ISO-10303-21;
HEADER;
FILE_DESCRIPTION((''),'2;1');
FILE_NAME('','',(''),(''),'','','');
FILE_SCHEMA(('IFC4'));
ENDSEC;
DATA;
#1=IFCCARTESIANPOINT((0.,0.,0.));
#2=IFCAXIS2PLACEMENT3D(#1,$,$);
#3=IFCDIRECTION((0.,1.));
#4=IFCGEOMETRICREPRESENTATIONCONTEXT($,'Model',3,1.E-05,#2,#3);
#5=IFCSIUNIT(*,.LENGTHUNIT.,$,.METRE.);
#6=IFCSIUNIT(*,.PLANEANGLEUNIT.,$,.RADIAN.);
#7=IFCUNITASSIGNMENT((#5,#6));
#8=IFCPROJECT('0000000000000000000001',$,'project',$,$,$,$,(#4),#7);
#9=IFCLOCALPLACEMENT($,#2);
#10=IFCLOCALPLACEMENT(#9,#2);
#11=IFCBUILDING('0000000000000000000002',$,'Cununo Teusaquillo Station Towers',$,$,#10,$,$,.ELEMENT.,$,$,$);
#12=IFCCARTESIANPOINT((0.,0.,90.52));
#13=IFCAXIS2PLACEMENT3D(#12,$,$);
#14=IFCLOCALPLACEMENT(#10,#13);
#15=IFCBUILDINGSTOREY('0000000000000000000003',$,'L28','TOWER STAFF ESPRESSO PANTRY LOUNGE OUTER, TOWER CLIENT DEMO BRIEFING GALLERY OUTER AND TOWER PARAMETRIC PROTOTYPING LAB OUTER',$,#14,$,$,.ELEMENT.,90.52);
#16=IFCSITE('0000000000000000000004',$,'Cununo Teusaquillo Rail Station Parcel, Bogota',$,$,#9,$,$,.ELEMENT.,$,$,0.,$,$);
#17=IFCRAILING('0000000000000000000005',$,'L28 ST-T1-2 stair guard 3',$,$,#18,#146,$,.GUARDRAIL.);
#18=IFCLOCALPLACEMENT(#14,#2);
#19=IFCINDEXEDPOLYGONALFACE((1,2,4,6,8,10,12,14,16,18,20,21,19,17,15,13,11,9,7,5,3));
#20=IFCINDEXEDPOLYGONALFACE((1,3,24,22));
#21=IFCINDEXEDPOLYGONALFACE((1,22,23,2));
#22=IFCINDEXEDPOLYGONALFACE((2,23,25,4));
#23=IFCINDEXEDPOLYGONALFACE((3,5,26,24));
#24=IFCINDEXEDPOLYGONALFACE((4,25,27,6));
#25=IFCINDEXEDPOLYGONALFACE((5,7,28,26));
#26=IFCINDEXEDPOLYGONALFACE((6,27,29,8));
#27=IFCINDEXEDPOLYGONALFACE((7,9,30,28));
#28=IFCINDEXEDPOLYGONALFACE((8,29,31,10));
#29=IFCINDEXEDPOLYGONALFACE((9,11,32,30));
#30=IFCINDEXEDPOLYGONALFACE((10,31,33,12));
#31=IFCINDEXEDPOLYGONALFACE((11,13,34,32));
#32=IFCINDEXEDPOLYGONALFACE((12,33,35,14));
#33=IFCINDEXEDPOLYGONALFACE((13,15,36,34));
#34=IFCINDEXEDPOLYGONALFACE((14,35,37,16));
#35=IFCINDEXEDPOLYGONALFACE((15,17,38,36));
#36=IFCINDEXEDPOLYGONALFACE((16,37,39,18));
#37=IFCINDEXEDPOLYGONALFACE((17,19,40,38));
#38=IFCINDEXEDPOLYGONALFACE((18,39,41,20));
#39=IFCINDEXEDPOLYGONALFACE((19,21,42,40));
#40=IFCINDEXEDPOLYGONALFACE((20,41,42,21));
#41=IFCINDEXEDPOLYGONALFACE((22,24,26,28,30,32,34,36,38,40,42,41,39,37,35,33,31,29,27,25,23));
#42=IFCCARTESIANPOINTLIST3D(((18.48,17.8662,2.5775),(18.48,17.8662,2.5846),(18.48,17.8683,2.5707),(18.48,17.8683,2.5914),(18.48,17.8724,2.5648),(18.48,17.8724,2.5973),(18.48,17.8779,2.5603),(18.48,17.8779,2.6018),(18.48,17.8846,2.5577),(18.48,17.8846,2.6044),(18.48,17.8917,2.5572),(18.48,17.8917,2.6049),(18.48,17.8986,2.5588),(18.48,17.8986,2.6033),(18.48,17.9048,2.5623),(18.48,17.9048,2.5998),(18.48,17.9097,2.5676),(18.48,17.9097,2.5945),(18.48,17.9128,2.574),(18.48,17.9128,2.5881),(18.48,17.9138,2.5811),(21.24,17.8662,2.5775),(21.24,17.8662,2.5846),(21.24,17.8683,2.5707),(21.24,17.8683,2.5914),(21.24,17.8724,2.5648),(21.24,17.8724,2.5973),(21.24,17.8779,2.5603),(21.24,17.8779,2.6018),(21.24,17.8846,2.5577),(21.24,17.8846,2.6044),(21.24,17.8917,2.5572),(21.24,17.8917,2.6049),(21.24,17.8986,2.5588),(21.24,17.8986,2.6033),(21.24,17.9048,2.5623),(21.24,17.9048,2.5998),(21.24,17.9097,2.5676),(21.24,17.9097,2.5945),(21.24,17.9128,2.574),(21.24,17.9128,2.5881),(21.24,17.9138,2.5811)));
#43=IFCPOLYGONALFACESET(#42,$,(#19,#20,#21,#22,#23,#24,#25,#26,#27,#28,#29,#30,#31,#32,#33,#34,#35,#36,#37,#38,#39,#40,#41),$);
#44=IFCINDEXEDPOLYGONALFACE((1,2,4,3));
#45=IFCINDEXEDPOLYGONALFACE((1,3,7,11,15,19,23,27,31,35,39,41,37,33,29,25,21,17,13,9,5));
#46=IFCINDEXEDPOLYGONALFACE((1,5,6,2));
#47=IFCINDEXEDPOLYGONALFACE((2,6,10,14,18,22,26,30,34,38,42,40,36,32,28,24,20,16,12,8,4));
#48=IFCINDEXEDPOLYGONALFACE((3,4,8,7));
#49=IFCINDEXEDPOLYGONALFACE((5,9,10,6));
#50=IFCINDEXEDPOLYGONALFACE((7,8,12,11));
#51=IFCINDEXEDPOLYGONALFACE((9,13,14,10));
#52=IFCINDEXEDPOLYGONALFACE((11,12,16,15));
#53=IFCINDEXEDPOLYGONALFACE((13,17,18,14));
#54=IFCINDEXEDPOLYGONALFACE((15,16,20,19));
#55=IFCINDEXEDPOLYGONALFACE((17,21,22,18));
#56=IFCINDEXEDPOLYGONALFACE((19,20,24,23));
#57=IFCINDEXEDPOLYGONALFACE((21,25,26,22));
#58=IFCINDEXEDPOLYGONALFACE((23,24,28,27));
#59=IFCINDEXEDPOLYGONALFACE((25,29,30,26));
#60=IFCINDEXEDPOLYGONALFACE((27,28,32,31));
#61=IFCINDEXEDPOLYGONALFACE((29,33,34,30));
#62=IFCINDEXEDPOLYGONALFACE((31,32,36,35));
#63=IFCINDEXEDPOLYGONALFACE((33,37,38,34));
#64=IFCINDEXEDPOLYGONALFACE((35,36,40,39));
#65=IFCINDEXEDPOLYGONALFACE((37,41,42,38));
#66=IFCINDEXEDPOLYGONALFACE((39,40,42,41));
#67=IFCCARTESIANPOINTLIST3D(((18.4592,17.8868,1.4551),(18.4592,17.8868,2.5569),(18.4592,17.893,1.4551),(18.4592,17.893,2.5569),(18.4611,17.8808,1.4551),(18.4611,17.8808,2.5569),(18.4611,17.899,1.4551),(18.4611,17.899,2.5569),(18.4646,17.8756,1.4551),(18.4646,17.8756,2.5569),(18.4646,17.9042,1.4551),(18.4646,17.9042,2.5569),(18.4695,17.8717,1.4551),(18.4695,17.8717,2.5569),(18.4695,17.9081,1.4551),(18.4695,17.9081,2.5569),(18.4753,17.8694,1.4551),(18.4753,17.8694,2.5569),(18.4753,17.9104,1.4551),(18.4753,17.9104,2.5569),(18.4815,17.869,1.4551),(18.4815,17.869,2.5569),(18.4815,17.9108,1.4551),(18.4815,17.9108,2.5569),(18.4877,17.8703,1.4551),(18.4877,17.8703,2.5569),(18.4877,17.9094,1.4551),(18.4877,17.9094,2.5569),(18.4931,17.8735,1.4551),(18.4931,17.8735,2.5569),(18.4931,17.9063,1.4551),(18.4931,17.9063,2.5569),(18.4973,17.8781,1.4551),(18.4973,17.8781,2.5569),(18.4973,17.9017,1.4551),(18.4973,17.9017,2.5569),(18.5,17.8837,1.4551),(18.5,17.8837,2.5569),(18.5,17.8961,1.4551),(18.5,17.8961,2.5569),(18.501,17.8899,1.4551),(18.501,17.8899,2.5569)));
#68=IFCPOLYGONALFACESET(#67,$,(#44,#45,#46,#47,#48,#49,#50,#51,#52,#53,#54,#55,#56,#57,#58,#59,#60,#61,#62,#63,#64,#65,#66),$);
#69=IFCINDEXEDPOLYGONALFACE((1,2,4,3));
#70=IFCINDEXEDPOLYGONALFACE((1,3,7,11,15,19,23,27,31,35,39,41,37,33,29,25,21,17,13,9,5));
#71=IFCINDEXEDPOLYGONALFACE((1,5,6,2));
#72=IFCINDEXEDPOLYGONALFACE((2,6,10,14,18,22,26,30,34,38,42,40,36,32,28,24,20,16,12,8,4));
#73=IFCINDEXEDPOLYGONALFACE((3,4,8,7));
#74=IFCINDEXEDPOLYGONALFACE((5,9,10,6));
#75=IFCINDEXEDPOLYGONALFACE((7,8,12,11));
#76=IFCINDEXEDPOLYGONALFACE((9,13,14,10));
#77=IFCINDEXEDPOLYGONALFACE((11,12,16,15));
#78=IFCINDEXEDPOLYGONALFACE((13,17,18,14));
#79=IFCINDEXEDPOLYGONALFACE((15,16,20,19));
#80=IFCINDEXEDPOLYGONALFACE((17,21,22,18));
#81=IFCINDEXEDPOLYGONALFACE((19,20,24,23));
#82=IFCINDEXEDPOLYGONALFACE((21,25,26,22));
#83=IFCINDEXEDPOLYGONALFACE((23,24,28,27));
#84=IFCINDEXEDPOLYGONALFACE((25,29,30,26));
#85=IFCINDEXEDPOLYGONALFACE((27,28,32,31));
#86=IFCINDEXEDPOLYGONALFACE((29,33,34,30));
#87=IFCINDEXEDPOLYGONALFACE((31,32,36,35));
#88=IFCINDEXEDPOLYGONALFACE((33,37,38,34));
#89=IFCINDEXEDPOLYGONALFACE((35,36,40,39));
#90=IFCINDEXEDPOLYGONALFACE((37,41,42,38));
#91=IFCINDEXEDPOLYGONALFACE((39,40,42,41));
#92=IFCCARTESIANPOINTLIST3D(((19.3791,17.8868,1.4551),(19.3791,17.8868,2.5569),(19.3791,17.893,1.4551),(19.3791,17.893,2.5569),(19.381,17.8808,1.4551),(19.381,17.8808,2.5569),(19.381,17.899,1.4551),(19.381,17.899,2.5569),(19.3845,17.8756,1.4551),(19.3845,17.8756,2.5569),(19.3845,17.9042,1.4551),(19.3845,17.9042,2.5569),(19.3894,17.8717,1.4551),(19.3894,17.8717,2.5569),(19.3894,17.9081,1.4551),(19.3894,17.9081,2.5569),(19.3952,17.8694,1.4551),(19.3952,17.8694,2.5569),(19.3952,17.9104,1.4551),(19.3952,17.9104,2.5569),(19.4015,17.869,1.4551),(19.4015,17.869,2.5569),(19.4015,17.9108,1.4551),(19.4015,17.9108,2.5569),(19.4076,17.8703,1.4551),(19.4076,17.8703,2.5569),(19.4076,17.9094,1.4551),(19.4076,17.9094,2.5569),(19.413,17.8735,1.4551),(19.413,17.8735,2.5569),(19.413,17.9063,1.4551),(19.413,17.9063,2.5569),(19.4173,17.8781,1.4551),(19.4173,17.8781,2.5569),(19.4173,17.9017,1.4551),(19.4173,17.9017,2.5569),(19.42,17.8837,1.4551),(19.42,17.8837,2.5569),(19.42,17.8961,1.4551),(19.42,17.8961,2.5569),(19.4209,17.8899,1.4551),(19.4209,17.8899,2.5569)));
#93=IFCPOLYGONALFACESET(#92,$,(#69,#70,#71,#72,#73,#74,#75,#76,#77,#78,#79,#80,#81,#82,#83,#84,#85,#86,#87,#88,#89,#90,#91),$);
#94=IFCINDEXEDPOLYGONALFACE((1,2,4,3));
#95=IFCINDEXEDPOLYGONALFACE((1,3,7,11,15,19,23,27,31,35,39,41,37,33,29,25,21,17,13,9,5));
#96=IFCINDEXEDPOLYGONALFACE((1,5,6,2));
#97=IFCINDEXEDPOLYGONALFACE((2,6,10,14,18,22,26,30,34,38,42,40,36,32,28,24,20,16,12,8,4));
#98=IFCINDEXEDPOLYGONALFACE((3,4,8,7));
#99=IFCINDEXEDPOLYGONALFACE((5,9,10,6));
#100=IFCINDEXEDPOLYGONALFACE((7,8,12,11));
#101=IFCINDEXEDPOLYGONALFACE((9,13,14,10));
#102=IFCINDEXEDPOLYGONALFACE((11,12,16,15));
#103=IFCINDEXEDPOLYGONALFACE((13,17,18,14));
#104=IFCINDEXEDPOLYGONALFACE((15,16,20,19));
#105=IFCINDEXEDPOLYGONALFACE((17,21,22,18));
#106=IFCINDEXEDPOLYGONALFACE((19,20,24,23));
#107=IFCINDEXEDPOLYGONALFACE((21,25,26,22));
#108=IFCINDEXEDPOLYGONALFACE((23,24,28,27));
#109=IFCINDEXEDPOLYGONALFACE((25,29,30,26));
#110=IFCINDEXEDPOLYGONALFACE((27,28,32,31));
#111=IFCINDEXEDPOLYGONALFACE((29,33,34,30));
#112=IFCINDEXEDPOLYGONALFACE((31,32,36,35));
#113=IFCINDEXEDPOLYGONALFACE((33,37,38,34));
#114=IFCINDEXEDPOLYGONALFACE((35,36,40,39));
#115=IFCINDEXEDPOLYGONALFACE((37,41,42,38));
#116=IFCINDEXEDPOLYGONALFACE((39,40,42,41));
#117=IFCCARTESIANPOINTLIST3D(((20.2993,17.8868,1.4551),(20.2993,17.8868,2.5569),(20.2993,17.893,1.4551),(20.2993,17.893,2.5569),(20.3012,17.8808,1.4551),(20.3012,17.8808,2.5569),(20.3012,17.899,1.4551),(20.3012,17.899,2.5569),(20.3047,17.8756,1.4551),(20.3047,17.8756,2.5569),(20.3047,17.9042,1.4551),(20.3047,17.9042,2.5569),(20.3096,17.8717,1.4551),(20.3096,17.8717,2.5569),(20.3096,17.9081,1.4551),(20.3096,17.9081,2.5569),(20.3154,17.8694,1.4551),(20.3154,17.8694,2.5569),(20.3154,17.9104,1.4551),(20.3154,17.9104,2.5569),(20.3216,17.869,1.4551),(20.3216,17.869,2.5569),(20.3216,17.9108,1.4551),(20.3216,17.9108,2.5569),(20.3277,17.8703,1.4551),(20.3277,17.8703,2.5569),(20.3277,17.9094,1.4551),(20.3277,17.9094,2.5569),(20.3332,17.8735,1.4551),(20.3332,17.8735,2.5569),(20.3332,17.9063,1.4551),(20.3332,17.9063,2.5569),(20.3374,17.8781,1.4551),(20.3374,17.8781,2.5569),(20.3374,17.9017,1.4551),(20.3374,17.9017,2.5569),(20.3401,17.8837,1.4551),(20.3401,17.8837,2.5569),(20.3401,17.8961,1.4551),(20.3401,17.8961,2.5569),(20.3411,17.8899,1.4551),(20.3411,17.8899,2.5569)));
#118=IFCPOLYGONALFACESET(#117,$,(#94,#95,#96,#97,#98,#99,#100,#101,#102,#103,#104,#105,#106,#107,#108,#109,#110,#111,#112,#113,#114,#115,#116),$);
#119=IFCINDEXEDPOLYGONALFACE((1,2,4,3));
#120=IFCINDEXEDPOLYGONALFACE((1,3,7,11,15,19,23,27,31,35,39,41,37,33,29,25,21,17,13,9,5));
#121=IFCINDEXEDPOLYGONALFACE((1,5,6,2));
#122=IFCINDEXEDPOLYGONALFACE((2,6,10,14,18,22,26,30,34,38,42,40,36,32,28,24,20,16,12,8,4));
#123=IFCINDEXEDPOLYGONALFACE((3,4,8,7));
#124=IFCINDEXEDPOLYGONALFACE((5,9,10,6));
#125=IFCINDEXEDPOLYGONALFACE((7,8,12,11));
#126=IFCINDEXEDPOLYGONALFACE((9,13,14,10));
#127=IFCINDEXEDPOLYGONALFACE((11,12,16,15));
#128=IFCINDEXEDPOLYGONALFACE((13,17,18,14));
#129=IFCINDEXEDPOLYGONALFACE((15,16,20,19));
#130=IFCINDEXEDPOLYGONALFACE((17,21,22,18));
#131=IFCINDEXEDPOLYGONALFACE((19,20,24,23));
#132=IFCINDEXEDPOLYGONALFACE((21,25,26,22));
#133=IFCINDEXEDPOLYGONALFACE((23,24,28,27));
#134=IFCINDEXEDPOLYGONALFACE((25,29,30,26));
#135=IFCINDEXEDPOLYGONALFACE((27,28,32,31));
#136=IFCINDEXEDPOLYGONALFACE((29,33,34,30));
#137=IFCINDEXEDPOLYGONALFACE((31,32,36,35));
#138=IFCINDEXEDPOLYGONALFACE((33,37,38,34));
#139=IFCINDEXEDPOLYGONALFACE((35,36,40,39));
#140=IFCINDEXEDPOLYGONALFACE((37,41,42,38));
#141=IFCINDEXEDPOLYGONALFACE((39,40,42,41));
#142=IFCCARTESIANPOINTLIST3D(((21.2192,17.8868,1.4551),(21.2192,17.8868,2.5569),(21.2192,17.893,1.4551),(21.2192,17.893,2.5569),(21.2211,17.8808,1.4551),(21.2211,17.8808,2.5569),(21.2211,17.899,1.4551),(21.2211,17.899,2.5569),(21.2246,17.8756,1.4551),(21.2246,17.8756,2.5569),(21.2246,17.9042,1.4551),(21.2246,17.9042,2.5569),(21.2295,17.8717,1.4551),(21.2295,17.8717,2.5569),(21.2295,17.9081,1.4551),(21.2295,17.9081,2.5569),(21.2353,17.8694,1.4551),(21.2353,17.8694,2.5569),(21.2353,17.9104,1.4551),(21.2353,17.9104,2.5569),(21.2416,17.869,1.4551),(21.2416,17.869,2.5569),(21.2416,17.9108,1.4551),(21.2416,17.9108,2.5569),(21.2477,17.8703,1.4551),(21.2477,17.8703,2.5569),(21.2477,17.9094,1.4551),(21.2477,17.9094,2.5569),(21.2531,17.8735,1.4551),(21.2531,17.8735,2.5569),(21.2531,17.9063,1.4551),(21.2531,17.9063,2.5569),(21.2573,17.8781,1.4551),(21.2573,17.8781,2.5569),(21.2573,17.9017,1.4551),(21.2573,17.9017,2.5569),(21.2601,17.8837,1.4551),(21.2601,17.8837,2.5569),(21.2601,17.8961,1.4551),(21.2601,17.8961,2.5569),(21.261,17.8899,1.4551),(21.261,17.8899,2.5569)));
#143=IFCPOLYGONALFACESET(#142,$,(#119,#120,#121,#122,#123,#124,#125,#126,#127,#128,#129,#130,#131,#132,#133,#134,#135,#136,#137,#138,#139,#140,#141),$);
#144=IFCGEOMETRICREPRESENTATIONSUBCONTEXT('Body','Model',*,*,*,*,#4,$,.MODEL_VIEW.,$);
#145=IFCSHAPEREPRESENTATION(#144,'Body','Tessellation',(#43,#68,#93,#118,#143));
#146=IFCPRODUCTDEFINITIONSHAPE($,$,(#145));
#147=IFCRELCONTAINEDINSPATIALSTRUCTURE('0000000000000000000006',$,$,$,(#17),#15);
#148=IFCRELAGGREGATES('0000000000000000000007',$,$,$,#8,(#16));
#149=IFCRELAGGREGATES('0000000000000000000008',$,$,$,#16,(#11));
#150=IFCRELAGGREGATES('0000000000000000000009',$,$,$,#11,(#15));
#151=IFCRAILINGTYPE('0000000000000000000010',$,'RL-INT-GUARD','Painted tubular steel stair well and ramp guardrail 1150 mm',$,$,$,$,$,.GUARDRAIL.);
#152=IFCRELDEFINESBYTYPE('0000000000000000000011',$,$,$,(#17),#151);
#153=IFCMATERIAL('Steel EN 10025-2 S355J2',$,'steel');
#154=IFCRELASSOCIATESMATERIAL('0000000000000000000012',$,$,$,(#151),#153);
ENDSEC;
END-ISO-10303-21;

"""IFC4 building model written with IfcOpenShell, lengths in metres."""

from ifc_helpers import new_model, si_unit, direction, frame, origin, origin_2d, place, context, subcontext, project, spatial, circle, extrude, material, type_object, element, save


model = new_model("IFC4")

# Units and contexts
model_context = context("Model", 3, precision=1e-05, world=origin(), true_north=direction((0.0, 1.0)))
body_context = subcontext(model_context, "Body", "Model", "MODEL_VIEW")
ifc_project = project(units=[si_unit("LENGTHUNIT", "METRE"), si_unit("PLANEANGLEUNIT", "RADIAN")], contexts=[model_context])

# Site, building, storey
site_placement = place(None, origin())
site = spatial("IfcSite", under=ifc_project, at=site_placement, Name="Cununo Teusaquillo Rail Station Parcel, Bogota", CompositionType="ELEMENT", RefElevation=0.0)
building_placement = place(site_placement, origin())
building = spatial("IfcBuilding", under=site, at=building_placement, Name="Cununo Teusaquillo Station Towers", CompositionType="ELEMENT")
storey_placement = place(building_placement, frame((0.0, 0.0, 90.52)))
storey = spatial("IfcBuildingStorey", under=building, at=storey_placement, Name="L28", Description="TOWER STAFF ESPRESSO PANTRY LOUNGE OUTER, TOWER CLIENT DEMO BRIEFING GALLERY OUTER AND TOWER PARAMETRIC PROTOTYPING LAB OUTER", CompositionType="ELEMENT", Elevation=90.52)

# Railing
ifc_material_1 = material(Name="Steel EN 10025-2 S355J2", Category="steel")
railing_type_1 = type_object("IfcRailingType", Name="RL-INT-GUARD", Description="Painted tubular steel stair well and ramp guardrail 1150 mm", PredefinedType="GUARDRAIL", material=ifc_material_1)
railing_1_placement = place(storey_placement, frame((18.48, 17.8899, 1.4551)))
element("IfcRailing", 1, at=railing_1_placement, inside=storey, type_object=railing_type_1, Name="L28 ST-T1-2 stair guard 3", PredefinedType="GUARDRAIL", context=body_context, shape_type="SweptSolid", body=[
    extrude(circle(Radius=0.0239, at=origin_2d()), frame((0.0, 0.0, 1.126), z_axis=(1.0, 0.0, 0.0), x_axis=(0.0, 1.0, 0.0)), (0.0, 0.0, 1.0), 2.76),
    extrude(circle(Radius=0.021, at=origin_2d()), origin(), (0.0, 0.0, 1.0), 1.1018),
    extrude(circle(Radius=0.021, at=origin_2d()), frame((0.9199, 0.0, 0.0)), (0.0, 0.0, 1.0), 1.1018),
    extrude(circle(Radius=0.021, at=origin_2d()), frame((1.8401, 0.0, 0.0)), (0.0, 0.0, 1.0), 1.1018),
    extrude(circle(Radius=0.021, at=origin_2d()), frame((2.76, 0.0, 0.0)), (0.0, 0.0, 1.0), 1.1018),
])

save(model, "model.ifc")
